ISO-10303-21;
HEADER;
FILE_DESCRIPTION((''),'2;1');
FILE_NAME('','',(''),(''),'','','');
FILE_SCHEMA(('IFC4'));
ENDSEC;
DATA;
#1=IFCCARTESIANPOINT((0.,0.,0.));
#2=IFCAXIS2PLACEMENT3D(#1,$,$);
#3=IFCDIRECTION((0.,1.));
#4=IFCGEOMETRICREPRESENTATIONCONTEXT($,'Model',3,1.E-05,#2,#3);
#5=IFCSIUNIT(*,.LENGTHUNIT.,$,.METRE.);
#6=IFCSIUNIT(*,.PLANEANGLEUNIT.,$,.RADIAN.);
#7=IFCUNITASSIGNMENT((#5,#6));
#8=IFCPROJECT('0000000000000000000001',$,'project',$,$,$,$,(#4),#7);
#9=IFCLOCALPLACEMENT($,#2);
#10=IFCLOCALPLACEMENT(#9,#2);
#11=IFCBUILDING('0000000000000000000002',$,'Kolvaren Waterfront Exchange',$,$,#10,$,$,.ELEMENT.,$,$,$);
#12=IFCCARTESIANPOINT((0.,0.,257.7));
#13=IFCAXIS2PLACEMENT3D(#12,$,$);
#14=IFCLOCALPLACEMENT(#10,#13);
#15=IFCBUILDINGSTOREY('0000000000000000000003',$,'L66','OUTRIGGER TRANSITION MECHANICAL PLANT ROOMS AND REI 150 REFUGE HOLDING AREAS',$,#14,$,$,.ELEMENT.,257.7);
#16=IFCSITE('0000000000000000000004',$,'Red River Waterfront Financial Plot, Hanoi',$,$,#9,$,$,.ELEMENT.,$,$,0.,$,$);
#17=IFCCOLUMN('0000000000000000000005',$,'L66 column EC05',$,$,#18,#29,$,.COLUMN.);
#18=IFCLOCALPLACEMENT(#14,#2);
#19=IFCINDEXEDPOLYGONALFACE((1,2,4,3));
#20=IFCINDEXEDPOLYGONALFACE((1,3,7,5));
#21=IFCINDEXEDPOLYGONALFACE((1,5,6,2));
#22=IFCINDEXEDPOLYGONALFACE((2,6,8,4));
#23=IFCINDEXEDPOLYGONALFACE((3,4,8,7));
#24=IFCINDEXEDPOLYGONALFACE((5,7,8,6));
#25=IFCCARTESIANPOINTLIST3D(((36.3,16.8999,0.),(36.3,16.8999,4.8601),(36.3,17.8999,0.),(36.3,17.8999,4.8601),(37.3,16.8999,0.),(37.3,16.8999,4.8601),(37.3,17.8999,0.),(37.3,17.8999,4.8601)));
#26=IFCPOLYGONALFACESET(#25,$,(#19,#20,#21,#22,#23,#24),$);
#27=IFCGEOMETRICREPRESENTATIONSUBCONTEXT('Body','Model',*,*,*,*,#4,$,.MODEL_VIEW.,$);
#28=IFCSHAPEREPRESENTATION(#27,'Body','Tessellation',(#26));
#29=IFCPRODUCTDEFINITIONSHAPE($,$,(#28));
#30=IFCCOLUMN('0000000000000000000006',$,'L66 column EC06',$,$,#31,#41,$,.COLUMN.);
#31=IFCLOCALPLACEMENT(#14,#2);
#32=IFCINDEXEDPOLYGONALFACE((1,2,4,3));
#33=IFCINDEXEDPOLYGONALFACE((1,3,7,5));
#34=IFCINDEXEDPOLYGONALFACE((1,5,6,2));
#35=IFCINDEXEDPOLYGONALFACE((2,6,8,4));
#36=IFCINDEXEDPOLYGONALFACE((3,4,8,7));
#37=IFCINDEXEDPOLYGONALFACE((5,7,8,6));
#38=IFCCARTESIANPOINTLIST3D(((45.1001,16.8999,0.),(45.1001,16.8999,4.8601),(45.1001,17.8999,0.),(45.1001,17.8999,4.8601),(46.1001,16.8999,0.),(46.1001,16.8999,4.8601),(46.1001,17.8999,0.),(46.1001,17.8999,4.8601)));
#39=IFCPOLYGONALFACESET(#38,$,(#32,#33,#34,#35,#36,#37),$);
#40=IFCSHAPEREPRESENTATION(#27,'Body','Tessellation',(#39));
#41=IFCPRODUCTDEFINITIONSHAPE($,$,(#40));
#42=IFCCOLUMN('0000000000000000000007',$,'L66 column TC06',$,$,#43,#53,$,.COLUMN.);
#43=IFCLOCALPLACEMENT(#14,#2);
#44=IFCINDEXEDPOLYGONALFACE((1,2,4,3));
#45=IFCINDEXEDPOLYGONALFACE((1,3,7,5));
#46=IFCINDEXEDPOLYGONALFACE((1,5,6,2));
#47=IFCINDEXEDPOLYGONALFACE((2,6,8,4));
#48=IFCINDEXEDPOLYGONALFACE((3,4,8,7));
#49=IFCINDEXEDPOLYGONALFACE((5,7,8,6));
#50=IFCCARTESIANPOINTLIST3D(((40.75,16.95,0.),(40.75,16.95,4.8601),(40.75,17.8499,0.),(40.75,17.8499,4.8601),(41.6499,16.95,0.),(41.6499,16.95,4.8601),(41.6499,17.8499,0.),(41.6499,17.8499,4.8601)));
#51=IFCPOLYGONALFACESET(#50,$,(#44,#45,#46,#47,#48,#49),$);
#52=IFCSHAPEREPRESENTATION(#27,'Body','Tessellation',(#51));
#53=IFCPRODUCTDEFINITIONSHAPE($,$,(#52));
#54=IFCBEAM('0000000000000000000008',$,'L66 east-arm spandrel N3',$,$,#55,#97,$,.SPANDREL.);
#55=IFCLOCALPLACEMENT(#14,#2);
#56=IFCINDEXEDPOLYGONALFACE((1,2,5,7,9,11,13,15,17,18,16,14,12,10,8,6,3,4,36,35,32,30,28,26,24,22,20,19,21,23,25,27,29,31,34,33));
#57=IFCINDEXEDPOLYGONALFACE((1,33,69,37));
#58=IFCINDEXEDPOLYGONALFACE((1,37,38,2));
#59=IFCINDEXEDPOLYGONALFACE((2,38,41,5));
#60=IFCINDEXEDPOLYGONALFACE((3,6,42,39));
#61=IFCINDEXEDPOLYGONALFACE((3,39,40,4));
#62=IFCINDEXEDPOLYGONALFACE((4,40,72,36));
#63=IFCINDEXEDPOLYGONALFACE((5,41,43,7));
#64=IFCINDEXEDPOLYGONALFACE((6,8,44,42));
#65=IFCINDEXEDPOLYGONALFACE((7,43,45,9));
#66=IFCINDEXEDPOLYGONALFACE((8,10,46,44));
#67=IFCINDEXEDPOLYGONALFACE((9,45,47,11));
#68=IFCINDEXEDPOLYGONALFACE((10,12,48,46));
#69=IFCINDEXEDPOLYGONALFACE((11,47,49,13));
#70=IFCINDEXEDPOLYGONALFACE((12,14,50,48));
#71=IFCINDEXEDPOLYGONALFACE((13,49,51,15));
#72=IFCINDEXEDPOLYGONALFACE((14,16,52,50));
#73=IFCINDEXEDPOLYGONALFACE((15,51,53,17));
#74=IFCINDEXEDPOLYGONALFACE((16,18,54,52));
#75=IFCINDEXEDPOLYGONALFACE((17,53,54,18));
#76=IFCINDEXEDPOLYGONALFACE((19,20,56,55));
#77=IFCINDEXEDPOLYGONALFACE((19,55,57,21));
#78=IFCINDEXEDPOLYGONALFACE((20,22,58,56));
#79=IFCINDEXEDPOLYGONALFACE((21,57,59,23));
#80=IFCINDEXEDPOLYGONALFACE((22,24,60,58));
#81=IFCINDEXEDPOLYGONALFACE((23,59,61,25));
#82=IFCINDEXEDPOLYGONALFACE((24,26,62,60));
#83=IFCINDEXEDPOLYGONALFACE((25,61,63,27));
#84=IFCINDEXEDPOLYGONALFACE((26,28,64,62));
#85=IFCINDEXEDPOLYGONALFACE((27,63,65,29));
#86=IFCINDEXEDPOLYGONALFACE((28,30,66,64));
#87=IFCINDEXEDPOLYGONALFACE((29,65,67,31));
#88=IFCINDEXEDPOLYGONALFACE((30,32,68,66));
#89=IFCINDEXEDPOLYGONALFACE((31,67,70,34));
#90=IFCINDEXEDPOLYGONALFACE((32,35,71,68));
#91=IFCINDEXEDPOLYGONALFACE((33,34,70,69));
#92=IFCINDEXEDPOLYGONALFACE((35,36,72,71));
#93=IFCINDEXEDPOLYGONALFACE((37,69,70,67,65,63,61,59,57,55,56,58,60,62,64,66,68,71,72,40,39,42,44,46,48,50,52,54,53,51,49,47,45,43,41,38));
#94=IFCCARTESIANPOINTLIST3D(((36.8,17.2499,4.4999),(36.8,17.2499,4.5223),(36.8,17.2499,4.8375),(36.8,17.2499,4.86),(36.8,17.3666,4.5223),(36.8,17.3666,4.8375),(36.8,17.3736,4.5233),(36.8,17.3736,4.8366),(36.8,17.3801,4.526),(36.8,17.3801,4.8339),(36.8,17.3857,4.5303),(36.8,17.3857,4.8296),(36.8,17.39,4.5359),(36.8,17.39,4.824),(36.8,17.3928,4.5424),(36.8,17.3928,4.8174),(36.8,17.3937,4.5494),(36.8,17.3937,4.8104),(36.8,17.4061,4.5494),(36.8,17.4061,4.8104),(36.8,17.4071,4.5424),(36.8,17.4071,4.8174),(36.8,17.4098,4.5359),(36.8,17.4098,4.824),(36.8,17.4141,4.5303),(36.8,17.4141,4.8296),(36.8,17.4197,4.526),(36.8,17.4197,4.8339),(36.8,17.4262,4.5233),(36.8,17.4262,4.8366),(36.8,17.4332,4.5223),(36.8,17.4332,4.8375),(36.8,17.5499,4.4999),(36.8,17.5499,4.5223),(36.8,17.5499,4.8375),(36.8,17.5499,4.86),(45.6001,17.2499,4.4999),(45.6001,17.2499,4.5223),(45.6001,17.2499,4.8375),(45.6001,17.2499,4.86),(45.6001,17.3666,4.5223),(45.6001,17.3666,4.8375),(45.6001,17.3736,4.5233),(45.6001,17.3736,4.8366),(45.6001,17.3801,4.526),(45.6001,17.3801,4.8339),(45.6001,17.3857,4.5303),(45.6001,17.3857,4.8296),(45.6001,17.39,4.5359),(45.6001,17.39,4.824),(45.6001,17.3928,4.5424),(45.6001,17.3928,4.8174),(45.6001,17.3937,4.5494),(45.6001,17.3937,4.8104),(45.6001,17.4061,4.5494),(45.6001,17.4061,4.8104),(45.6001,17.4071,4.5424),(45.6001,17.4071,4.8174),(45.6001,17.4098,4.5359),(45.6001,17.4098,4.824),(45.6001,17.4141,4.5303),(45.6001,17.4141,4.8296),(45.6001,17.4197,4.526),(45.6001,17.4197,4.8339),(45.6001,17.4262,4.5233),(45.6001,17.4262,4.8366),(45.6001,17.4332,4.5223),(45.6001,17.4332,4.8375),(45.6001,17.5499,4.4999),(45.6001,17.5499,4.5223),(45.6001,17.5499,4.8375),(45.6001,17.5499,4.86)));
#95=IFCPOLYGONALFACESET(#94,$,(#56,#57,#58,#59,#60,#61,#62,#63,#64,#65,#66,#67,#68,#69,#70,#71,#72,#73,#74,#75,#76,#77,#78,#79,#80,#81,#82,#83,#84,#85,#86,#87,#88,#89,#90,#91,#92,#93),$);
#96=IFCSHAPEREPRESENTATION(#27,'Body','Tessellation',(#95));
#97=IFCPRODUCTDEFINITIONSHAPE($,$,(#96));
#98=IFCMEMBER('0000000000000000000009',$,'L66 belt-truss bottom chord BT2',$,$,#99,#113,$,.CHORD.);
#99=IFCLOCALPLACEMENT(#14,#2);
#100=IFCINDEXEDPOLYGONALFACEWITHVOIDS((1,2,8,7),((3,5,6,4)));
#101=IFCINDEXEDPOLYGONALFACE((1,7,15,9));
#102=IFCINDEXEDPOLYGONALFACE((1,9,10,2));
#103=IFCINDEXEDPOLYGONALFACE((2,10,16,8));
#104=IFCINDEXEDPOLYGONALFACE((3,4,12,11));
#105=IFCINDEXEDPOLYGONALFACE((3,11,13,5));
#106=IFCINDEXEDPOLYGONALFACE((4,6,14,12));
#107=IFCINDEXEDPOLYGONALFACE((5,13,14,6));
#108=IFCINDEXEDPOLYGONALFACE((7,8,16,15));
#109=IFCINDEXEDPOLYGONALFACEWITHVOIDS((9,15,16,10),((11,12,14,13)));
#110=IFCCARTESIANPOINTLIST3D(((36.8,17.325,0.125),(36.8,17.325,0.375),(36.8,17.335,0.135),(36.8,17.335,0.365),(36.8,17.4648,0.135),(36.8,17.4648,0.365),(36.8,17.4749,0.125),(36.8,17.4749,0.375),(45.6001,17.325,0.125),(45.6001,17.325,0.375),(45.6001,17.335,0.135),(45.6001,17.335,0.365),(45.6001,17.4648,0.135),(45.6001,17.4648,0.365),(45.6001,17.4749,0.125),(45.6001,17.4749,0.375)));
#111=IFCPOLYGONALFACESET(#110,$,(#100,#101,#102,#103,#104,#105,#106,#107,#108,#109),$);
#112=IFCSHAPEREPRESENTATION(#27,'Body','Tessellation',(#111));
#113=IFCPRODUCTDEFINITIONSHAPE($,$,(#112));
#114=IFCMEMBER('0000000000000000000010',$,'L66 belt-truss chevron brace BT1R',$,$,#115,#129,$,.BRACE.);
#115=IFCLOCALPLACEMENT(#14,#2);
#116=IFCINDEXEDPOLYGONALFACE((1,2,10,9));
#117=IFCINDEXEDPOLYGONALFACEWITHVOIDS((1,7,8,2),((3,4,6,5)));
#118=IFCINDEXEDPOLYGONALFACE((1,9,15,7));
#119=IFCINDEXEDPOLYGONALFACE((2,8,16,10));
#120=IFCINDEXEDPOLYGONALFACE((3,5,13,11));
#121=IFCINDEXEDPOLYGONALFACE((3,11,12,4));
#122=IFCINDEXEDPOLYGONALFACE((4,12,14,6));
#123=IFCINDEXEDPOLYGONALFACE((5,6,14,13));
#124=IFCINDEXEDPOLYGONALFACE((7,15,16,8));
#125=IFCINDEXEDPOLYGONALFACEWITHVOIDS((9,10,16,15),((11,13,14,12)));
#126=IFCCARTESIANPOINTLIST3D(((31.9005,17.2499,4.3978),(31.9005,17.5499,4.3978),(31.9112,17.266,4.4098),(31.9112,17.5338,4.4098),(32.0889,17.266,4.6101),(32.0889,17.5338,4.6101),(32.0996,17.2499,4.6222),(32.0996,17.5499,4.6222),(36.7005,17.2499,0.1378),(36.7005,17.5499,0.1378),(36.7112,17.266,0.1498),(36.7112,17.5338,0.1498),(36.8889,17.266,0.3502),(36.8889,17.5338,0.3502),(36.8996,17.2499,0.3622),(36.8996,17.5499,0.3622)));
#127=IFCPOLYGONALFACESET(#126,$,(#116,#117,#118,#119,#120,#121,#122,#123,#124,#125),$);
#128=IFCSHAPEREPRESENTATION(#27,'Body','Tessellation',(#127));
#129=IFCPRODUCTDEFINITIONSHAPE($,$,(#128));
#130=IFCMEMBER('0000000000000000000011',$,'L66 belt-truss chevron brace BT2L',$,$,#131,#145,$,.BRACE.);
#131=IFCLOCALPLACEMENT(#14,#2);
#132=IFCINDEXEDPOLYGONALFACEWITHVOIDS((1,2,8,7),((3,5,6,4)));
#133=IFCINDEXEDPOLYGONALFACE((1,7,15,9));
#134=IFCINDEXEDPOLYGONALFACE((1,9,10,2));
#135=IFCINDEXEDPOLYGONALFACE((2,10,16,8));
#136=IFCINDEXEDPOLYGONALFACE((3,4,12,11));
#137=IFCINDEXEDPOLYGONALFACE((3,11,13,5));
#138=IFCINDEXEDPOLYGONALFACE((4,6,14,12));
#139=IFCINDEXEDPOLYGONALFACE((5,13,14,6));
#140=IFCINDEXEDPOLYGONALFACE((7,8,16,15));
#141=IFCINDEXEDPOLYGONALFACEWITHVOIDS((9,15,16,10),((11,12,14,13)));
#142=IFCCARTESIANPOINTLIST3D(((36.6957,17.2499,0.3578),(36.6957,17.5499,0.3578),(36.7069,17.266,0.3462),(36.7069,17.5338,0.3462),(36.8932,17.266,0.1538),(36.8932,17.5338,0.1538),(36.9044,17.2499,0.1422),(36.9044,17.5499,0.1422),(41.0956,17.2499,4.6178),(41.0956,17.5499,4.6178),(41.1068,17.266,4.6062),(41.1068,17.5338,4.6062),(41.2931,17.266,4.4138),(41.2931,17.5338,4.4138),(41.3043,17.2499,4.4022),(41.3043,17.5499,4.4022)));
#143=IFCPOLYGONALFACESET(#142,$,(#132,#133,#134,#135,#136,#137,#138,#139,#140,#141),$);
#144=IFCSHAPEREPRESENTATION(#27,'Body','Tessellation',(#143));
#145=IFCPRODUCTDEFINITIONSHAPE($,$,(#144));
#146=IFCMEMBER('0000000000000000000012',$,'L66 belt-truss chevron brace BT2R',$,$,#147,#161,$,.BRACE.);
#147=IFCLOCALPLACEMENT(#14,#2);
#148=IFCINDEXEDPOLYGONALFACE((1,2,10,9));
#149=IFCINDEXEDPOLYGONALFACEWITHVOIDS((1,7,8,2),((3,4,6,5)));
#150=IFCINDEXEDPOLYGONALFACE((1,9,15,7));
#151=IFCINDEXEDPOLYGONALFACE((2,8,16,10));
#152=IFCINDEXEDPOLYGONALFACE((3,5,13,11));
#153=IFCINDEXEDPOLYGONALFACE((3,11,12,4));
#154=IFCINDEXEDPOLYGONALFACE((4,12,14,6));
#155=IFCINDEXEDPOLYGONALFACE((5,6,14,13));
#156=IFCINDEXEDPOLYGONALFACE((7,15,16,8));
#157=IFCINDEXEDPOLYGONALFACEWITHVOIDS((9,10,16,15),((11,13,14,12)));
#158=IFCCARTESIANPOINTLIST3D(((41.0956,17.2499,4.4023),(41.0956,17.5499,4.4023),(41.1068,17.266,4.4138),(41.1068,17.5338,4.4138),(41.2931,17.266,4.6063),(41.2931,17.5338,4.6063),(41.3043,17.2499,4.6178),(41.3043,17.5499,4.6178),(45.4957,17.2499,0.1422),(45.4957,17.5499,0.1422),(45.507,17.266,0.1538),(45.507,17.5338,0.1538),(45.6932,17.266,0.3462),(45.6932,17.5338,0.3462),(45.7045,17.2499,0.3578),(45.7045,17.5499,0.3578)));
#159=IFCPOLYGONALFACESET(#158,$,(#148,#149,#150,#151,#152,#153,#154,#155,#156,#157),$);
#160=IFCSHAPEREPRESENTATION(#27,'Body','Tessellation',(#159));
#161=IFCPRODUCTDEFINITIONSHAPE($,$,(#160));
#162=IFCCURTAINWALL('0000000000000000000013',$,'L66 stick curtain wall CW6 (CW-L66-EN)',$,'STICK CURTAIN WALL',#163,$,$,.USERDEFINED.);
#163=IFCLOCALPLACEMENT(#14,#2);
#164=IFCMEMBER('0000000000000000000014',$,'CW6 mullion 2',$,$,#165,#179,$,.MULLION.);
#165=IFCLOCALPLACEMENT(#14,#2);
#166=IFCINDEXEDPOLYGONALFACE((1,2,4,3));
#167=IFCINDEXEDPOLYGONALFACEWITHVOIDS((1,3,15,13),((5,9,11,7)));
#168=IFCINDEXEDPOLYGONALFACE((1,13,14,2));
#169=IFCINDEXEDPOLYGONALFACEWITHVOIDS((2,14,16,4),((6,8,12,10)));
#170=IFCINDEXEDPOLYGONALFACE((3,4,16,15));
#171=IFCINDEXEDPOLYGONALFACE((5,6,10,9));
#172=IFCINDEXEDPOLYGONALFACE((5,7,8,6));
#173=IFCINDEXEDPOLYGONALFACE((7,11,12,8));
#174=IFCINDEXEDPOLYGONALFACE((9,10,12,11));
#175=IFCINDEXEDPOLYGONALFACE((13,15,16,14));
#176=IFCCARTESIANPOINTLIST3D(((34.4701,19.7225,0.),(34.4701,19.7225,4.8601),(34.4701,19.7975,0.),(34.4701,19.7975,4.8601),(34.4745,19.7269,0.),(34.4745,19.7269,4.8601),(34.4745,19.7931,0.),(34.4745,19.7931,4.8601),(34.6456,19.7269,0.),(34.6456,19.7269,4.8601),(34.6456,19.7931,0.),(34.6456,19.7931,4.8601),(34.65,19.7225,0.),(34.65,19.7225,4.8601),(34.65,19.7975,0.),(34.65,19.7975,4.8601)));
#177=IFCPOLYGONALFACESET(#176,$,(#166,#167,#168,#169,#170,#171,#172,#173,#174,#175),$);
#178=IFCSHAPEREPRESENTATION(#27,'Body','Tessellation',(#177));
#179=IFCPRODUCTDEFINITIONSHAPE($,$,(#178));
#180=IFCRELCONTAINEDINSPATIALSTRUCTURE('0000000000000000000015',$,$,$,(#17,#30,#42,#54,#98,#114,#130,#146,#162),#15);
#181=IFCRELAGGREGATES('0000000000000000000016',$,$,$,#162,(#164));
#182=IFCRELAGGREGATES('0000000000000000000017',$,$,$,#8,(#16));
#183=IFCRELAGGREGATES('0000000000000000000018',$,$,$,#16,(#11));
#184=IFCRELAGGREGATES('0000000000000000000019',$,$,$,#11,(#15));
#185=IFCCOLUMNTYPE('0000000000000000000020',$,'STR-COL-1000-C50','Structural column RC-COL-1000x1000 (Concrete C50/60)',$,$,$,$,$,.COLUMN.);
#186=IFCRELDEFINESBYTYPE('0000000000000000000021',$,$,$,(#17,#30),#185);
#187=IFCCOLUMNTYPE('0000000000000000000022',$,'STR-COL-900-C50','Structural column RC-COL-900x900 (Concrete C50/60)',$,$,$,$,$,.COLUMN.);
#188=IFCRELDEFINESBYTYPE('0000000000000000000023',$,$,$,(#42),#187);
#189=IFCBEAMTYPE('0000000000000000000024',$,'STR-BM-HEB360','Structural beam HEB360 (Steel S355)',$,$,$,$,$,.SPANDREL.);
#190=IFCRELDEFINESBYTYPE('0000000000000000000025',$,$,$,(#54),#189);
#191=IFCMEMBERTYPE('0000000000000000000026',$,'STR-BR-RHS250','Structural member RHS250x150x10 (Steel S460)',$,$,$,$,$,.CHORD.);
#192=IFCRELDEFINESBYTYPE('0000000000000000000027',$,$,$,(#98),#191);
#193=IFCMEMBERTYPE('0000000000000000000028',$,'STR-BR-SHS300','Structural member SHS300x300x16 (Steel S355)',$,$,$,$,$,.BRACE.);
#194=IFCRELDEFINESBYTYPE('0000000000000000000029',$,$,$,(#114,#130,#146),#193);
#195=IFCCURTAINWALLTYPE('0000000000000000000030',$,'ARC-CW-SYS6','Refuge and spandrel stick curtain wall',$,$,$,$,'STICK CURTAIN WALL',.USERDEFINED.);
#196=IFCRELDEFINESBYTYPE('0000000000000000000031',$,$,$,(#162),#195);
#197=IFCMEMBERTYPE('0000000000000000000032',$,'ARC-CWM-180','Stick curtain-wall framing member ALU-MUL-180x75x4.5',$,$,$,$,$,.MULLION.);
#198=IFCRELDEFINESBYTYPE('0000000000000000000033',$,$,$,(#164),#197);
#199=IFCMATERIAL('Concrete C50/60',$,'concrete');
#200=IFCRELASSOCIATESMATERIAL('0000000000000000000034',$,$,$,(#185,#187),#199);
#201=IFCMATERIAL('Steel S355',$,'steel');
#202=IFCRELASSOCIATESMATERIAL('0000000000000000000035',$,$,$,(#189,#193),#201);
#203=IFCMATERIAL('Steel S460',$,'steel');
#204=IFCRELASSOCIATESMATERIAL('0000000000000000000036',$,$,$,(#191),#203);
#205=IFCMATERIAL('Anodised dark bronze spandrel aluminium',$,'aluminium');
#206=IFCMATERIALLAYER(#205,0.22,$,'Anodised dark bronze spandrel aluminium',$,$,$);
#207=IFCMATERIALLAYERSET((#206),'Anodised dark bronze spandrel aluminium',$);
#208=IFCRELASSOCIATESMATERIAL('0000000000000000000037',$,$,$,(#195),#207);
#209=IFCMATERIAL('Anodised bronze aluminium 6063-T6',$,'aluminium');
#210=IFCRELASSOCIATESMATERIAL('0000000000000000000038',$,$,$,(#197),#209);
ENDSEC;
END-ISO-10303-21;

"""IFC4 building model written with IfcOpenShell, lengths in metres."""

from ifc_helpers import new_model, si_unit, direction, frame, origin, origin_with_axes, origin_2d, place, context, subcontext, project, spatial, rectangle, hollow_rectangle, i_section, extrude, source, transform, mapped, material, layer, layer_set, material_profile, profile_set, type_object, element, aggregate, save


model = new_model("IFC4")

# Units and contexts
model_context = context("Model", 3, precision=1e-05, world=origin(), true_north=direction((0.0, 1.0)))
body_context = subcontext(model_context, "Body", "Model", "MODEL_VIEW")
ifc_project = project(units=[si_unit("LENGTHUNIT", "METRE"), si_unit("PLANEANGLEUNIT", "RADIAN")], contexts=[model_context])

# Site, building, storey
site_placement = place(None, origin())
site = spatial("IfcSite", under=ifc_project, at=site_placement, Name="Red River Waterfront Financial Plot, Hanoi", CompositionType="ELEMENT", RefElevation=0.0)
building_placement = place(site_placement, origin())
building = spatial("IfcBuilding", under=site, at=building_placement, Name="Kolvaren Waterfront Exchange", CompositionType="ELEMENT")
storey_placement = place(building_placement, frame((0.0, 0.0, 257.7)))
storey = spatial("IfcBuildingStorey", under=building, at=storey_placement, Name="L66", Description="OUTRIGGER TRANSITION MECHANICAL PLANT ROOMS AND REI 150 REFUGE HOLDING AREAS", CompositionType="ELEMENT", Elevation=257.7)

# Columns
ifc_material_1 = material(Name="Concrete C50/60", Category="concrete")
ifc_material_profile_1 = material_profile(ifc_material_1, rectangle(XDim=1.0, YDim=1.0, at=origin_2d()), Name="RC-COL-1000x1000")
ifc_profile_set_1 = profile_set([ifc_material_profile_1], Name="Concrete C50/60")
column_type_1 = type_object("IfcColumnType", Name="STR-COL-1000-C50", Description="Structural column RC-COL-1000x1000 (Concrete C50/60)", PredefinedType="COLUMN", material=ifc_profile_set_1)
for number, where, z_axis, x_axis, name in (
    (1, (36.8, 17.3999, 0.0), (0.0, 0.0, 1.0), (1.0, 0.0, 0.0), "L66 column EC05"),
    (2, (45.6001, 17.3999, 0.0), (0.0, 0.0, 1.0), (1.0, 0.0, 0.0), "L66 column EC06"),
):
    element("IfcColumn", number, at=place(storey_placement, frame(where, z_axis=z_axis, x_axis=x_axis)), inside=storey, type_object=column_type_1, Name=name, PredefinedType="COLUMN", context=body_context, shape_type="SweptSolid", body=[
        extrude(rectangle(XDim=1.0, YDim=1.0, at=origin_2d()), origin(), (0.0, 0.0, 1.0), 4.8601),
    ])
ifc_material_profile_2 = material_profile(ifc_material_1, rectangle(XDim=0.8999, YDim=0.8999, at=origin_2d()), Name="RC-COL-900x900")
ifc_profile_set_2 = profile_set([ifc_material_profile_2], Name="Concrete C50/60")
column_type_2 = type_object("IfcColumnType", Name="STR-COL-900-C50", Description="Structural column RC-COL-900x900 (Concrete C50/60)", PredefinedType="COLUMN", material=ifc_profile_set_2)
column_placement = place(storey_placement, frame((41.2, 17.3999, 0.0), z_axis=(0.0, 0.0, 1.0), x_axis=(1.0, 0.0, 0.0)))
element("IfcColumn", 3, at=column_placement, inside=storey, type_object=column_type_2, Name="L66 column TC06", PredefinedType="COLUMN", context=body_context, shape_type="SweptSolid", body=[
    extrude(rectangle(XDim=0.8999, YDim=0.8999, at=origin_2d()), origin(), (0.0, 0.0, 1.0), 4.8601),
])

# Beam
ifc_material_2 = material(Name="Steel S355", Category="steel")
ifc_material_profile_3 = material_profile(ifc_material_2, i_section(OverallWidth=0.3, OverallDepth=0.3601, WebThickness=0.0125, FlangeThickness=0.0225, FilletRadius=0.0271, at=origin_2d()), Name="HEB360")
ifc_profile_set_3 = profile_set([ifc_material_profile_3], Name="Steel S355")
beam_type = type_object("IfcBeamType", Name="STR-BM-HEB360", Description="Structural beam HEB360 (Steel S355)", PredefinedType="SPANDREL", material=ifc_profile_set_3)
beam_placement = place(storey_placement, frame((36.8, 17.3999, 4.6799), z_axis=(1.0, 0.0, 0.0), x_axis=(0.0, 1.0, 0.0)))
element("IfcBeam", 4, at=beam_placement, inside=storey, type_object=beam_type, Name="L66 east-arm spandrel N3", PredefinedType="SPANDREL", context=body_context, shape_type="SweptSolid", body=[
    extrude(i_section(OverallWidth=0.3, OverallDepth=0.3601, WebThickness=0.0125, FlangeThickness=0.0225, FilletRadius=0.0271, at=origin_2d()), origin(), (0.0, 0.0, 1.0), 8.8),
])

# Members
ifc_material_3 = material(Name="Steel S460", Category="steel")
ifc_material_profile_4 = material_profile(ifc_material_3, hollow_rectangle(XDim=0.1499, YDim=0.25, WallThickness=0.01, at=origin_2d()), Name="RHS250x150x10")
ifc_profile_set_4 = profile_set([ifc_material_profile_4], Name="Steel S460")
member_type_1 = type_object("IfcMemberType", Name="STR-BR-RHS250", Description="Structural member RHS250x150x10 (Steel S460)", PredefinedType="CHORD", material=ifc_profile_set_4)
member_1_placement = place(storey_placement, frame((36.8, 17.3999, 0.25), z_axis=(1.0, 0.0, 0.0), x_axis=(0.0, 1.0, 0.0)))
element("IfcMember", 5, at=member_1_placement, inside=storey, type_object=member_type_1, Name="L66 belt-truss bottom chord BT2", PredefinedType="CHORD", context=body_context, shape_type="SweptSolid", body=[
    extrude(hollow_rectangle(XDim=0.1499, YDim=0.25, WallThickness=0.01, at=origin_2d()), origin(), (0.0, 0.0, 1.0), 8.8),
])
ifc_material_profile_5 = material_profile(ifc_material_2, hollow_rectangle(XDim=0.3, YDim=0.3, WallThickness=0.0161, at=origin_2d()), Name="SHS300x300x16")
ifc_profile_set_5 = profile_set([ifc_material_profile_5], Name="Steel S355")
member_type_2 = type_object("IfcMemberType", Name="STR-BR-SHS300", Description="Structural member SHS300x300x16 (Steel S355)", PredefinedType="BRACE", material=ifc_profile_set_5)
member_2_placement = place(storey_placement, frame((36.8, 17.3999, 0.25), z_axis=(-0.747928, 0.0, 0.66378), x_axis=(0.0, -1.0, 0.0)))
element("IfcMember", 6, at=member_2_placement, inside=storey, type_object=member_type_2, Name="L66 belt-truss chevron brace BT1R", PredefinedType="BRACE", context=body_context, shape_type="SweptSolid", body=[
    extrude(hollow_rectangle(XDim=0.3, YDim=0.3, WallThickness=0.0161, at=origin_2d()), origin(), (0.0, 0.0, 1.0), 6.4177),
])
member_3_placement = place(storey_placement, frame((36.8, 17.3999, 0.25), z_axis=(0.718436, 0.0, 0.695593), x_axis=(0.0, 1.0, 0.0)))
element("IfcMember", 7, at=member_3_placement, inside=storey, type_object=member_type_2, Name="L66 belt-truss chevron brace BT2L", PredefinedType="BRACE", context=body_context, shape_type="SweptSolid", body=[
    extrude(hollow_rectangle(XDim=0.3, YDim=0.3, WallThickness=0.0161, at=origin_2d()), origin(), (0.0, 0.0, 1.0), 6.1243),
])
member_4_placement = place(storey_placement, frame((45.6001, 17.3999, 0.25), z_axis=(-0.718455, 0.0, 0.695573), x_axis=(0.0, -1.0, 0.0)))
element("IfcMember", 8, at=member_4_placement, inside=storey, type_object=member_type_2, Name="L66 belt-truss chevron brace BT2R", PredefinedType="BRACE", context=body_context, shape_type="SweptSolid", body=[
    extrude(hollow_rectangle(XDim=0.3, YDim=0.3, WallThickness=0.0161, at=origin_2d()), origin(), (0.0, 0.0, 1.0), 6.1245),
])

# Curtain wall, member
ifc_material_4 = material(Name="Anodised dark bronze spandrel aluminium", Category="aluminium")
ifc_layer_1 = layer(ifc_material_4, 0.22, Name="Anodised dark bronze spandrel aluminium")
ifc_layer_set_1 = layer_set([ifc_layer_1], Name="Anodised dark bronze spandrel aluminium")
curtain_wall_type = type_object("IfcCurtainWallType", Name="ARC-CW-SYS6", Description="Refuge and spandrel stick curtain wall", ElementType="STICK CURTAIN WALL", PredefinedType="USERDEFINED", material=ifc_layer_set_1)
curtain_wall_placement = place(storey_placement, origin())
curtain_wall = element("IfcCurtainWall", 9, at=curtain_wall_placement, inside=storey, type_object=curtain_wall_type, Name="L66 stick curtain wall CW6 (CW-L66-EN)", ObjectType="STICK CURTAIN WALL", PredefinedType="USERDEFINED")
ifc_material_5 = material(Name="Anodised bronze aluminium 6063-T6", Category="aluminium")
ifc_material_profile_6 = material_profile(ifc_material_5, hollow_rectangle(XDim=0.075, YDim=0.1799, WallThickness=0.0044, at=origin_2d()), Name="ALU-MUL-180x75x4.5")
ifc_profile_set_6 = profile_set([ifc_material_profile_6], Name="Anodised bronze aluminium 6063-T6")
member_type_3 = type_object("IfcMemberType", Name="ARC-CWM-180", Description="Stick curtain-wall framing member ALU-MUL-180x75x4.5", PredefinedType="MULLION", material=ifc_profile_set_6)
shared_shape_1 = source(origin_with_axes(), body_context, "Body", "SweptSolid", [
    extrude(hollow_rectangle(XDim=0.075, YDim=0.1799, WallThickness=0.0044, at=origin_2d()), origin(), (0.0, 0.0, 1.0), 4.8601),
])
member_5_placement = place(storey_placement, frame((34.5601, 19.76, 0.0), z_axis=(0.0, 0.0, 1.0), x_axis=(0.0, 1.0, 0.0)))
member_5 = element("IfcMember", 10, at=member_5_placement, type_object=member_type_3, Name="CW6 mullion 2", PredefinedType="MULLION", context=body_context, shape_type="MappedRepresentation", body=[
    mapped(shared_shape_1, transform((0.0, 0.0, 0.0), x_axis=(1.0, 0.0, 0.0), y_axis=(0.0, 1.0, 0.0), z_axis=(0.0, 0.0, 1.0), scale=1.0)),
])

aggregate(curtain_wall, [member_5])

save(model, "model.ifc")
